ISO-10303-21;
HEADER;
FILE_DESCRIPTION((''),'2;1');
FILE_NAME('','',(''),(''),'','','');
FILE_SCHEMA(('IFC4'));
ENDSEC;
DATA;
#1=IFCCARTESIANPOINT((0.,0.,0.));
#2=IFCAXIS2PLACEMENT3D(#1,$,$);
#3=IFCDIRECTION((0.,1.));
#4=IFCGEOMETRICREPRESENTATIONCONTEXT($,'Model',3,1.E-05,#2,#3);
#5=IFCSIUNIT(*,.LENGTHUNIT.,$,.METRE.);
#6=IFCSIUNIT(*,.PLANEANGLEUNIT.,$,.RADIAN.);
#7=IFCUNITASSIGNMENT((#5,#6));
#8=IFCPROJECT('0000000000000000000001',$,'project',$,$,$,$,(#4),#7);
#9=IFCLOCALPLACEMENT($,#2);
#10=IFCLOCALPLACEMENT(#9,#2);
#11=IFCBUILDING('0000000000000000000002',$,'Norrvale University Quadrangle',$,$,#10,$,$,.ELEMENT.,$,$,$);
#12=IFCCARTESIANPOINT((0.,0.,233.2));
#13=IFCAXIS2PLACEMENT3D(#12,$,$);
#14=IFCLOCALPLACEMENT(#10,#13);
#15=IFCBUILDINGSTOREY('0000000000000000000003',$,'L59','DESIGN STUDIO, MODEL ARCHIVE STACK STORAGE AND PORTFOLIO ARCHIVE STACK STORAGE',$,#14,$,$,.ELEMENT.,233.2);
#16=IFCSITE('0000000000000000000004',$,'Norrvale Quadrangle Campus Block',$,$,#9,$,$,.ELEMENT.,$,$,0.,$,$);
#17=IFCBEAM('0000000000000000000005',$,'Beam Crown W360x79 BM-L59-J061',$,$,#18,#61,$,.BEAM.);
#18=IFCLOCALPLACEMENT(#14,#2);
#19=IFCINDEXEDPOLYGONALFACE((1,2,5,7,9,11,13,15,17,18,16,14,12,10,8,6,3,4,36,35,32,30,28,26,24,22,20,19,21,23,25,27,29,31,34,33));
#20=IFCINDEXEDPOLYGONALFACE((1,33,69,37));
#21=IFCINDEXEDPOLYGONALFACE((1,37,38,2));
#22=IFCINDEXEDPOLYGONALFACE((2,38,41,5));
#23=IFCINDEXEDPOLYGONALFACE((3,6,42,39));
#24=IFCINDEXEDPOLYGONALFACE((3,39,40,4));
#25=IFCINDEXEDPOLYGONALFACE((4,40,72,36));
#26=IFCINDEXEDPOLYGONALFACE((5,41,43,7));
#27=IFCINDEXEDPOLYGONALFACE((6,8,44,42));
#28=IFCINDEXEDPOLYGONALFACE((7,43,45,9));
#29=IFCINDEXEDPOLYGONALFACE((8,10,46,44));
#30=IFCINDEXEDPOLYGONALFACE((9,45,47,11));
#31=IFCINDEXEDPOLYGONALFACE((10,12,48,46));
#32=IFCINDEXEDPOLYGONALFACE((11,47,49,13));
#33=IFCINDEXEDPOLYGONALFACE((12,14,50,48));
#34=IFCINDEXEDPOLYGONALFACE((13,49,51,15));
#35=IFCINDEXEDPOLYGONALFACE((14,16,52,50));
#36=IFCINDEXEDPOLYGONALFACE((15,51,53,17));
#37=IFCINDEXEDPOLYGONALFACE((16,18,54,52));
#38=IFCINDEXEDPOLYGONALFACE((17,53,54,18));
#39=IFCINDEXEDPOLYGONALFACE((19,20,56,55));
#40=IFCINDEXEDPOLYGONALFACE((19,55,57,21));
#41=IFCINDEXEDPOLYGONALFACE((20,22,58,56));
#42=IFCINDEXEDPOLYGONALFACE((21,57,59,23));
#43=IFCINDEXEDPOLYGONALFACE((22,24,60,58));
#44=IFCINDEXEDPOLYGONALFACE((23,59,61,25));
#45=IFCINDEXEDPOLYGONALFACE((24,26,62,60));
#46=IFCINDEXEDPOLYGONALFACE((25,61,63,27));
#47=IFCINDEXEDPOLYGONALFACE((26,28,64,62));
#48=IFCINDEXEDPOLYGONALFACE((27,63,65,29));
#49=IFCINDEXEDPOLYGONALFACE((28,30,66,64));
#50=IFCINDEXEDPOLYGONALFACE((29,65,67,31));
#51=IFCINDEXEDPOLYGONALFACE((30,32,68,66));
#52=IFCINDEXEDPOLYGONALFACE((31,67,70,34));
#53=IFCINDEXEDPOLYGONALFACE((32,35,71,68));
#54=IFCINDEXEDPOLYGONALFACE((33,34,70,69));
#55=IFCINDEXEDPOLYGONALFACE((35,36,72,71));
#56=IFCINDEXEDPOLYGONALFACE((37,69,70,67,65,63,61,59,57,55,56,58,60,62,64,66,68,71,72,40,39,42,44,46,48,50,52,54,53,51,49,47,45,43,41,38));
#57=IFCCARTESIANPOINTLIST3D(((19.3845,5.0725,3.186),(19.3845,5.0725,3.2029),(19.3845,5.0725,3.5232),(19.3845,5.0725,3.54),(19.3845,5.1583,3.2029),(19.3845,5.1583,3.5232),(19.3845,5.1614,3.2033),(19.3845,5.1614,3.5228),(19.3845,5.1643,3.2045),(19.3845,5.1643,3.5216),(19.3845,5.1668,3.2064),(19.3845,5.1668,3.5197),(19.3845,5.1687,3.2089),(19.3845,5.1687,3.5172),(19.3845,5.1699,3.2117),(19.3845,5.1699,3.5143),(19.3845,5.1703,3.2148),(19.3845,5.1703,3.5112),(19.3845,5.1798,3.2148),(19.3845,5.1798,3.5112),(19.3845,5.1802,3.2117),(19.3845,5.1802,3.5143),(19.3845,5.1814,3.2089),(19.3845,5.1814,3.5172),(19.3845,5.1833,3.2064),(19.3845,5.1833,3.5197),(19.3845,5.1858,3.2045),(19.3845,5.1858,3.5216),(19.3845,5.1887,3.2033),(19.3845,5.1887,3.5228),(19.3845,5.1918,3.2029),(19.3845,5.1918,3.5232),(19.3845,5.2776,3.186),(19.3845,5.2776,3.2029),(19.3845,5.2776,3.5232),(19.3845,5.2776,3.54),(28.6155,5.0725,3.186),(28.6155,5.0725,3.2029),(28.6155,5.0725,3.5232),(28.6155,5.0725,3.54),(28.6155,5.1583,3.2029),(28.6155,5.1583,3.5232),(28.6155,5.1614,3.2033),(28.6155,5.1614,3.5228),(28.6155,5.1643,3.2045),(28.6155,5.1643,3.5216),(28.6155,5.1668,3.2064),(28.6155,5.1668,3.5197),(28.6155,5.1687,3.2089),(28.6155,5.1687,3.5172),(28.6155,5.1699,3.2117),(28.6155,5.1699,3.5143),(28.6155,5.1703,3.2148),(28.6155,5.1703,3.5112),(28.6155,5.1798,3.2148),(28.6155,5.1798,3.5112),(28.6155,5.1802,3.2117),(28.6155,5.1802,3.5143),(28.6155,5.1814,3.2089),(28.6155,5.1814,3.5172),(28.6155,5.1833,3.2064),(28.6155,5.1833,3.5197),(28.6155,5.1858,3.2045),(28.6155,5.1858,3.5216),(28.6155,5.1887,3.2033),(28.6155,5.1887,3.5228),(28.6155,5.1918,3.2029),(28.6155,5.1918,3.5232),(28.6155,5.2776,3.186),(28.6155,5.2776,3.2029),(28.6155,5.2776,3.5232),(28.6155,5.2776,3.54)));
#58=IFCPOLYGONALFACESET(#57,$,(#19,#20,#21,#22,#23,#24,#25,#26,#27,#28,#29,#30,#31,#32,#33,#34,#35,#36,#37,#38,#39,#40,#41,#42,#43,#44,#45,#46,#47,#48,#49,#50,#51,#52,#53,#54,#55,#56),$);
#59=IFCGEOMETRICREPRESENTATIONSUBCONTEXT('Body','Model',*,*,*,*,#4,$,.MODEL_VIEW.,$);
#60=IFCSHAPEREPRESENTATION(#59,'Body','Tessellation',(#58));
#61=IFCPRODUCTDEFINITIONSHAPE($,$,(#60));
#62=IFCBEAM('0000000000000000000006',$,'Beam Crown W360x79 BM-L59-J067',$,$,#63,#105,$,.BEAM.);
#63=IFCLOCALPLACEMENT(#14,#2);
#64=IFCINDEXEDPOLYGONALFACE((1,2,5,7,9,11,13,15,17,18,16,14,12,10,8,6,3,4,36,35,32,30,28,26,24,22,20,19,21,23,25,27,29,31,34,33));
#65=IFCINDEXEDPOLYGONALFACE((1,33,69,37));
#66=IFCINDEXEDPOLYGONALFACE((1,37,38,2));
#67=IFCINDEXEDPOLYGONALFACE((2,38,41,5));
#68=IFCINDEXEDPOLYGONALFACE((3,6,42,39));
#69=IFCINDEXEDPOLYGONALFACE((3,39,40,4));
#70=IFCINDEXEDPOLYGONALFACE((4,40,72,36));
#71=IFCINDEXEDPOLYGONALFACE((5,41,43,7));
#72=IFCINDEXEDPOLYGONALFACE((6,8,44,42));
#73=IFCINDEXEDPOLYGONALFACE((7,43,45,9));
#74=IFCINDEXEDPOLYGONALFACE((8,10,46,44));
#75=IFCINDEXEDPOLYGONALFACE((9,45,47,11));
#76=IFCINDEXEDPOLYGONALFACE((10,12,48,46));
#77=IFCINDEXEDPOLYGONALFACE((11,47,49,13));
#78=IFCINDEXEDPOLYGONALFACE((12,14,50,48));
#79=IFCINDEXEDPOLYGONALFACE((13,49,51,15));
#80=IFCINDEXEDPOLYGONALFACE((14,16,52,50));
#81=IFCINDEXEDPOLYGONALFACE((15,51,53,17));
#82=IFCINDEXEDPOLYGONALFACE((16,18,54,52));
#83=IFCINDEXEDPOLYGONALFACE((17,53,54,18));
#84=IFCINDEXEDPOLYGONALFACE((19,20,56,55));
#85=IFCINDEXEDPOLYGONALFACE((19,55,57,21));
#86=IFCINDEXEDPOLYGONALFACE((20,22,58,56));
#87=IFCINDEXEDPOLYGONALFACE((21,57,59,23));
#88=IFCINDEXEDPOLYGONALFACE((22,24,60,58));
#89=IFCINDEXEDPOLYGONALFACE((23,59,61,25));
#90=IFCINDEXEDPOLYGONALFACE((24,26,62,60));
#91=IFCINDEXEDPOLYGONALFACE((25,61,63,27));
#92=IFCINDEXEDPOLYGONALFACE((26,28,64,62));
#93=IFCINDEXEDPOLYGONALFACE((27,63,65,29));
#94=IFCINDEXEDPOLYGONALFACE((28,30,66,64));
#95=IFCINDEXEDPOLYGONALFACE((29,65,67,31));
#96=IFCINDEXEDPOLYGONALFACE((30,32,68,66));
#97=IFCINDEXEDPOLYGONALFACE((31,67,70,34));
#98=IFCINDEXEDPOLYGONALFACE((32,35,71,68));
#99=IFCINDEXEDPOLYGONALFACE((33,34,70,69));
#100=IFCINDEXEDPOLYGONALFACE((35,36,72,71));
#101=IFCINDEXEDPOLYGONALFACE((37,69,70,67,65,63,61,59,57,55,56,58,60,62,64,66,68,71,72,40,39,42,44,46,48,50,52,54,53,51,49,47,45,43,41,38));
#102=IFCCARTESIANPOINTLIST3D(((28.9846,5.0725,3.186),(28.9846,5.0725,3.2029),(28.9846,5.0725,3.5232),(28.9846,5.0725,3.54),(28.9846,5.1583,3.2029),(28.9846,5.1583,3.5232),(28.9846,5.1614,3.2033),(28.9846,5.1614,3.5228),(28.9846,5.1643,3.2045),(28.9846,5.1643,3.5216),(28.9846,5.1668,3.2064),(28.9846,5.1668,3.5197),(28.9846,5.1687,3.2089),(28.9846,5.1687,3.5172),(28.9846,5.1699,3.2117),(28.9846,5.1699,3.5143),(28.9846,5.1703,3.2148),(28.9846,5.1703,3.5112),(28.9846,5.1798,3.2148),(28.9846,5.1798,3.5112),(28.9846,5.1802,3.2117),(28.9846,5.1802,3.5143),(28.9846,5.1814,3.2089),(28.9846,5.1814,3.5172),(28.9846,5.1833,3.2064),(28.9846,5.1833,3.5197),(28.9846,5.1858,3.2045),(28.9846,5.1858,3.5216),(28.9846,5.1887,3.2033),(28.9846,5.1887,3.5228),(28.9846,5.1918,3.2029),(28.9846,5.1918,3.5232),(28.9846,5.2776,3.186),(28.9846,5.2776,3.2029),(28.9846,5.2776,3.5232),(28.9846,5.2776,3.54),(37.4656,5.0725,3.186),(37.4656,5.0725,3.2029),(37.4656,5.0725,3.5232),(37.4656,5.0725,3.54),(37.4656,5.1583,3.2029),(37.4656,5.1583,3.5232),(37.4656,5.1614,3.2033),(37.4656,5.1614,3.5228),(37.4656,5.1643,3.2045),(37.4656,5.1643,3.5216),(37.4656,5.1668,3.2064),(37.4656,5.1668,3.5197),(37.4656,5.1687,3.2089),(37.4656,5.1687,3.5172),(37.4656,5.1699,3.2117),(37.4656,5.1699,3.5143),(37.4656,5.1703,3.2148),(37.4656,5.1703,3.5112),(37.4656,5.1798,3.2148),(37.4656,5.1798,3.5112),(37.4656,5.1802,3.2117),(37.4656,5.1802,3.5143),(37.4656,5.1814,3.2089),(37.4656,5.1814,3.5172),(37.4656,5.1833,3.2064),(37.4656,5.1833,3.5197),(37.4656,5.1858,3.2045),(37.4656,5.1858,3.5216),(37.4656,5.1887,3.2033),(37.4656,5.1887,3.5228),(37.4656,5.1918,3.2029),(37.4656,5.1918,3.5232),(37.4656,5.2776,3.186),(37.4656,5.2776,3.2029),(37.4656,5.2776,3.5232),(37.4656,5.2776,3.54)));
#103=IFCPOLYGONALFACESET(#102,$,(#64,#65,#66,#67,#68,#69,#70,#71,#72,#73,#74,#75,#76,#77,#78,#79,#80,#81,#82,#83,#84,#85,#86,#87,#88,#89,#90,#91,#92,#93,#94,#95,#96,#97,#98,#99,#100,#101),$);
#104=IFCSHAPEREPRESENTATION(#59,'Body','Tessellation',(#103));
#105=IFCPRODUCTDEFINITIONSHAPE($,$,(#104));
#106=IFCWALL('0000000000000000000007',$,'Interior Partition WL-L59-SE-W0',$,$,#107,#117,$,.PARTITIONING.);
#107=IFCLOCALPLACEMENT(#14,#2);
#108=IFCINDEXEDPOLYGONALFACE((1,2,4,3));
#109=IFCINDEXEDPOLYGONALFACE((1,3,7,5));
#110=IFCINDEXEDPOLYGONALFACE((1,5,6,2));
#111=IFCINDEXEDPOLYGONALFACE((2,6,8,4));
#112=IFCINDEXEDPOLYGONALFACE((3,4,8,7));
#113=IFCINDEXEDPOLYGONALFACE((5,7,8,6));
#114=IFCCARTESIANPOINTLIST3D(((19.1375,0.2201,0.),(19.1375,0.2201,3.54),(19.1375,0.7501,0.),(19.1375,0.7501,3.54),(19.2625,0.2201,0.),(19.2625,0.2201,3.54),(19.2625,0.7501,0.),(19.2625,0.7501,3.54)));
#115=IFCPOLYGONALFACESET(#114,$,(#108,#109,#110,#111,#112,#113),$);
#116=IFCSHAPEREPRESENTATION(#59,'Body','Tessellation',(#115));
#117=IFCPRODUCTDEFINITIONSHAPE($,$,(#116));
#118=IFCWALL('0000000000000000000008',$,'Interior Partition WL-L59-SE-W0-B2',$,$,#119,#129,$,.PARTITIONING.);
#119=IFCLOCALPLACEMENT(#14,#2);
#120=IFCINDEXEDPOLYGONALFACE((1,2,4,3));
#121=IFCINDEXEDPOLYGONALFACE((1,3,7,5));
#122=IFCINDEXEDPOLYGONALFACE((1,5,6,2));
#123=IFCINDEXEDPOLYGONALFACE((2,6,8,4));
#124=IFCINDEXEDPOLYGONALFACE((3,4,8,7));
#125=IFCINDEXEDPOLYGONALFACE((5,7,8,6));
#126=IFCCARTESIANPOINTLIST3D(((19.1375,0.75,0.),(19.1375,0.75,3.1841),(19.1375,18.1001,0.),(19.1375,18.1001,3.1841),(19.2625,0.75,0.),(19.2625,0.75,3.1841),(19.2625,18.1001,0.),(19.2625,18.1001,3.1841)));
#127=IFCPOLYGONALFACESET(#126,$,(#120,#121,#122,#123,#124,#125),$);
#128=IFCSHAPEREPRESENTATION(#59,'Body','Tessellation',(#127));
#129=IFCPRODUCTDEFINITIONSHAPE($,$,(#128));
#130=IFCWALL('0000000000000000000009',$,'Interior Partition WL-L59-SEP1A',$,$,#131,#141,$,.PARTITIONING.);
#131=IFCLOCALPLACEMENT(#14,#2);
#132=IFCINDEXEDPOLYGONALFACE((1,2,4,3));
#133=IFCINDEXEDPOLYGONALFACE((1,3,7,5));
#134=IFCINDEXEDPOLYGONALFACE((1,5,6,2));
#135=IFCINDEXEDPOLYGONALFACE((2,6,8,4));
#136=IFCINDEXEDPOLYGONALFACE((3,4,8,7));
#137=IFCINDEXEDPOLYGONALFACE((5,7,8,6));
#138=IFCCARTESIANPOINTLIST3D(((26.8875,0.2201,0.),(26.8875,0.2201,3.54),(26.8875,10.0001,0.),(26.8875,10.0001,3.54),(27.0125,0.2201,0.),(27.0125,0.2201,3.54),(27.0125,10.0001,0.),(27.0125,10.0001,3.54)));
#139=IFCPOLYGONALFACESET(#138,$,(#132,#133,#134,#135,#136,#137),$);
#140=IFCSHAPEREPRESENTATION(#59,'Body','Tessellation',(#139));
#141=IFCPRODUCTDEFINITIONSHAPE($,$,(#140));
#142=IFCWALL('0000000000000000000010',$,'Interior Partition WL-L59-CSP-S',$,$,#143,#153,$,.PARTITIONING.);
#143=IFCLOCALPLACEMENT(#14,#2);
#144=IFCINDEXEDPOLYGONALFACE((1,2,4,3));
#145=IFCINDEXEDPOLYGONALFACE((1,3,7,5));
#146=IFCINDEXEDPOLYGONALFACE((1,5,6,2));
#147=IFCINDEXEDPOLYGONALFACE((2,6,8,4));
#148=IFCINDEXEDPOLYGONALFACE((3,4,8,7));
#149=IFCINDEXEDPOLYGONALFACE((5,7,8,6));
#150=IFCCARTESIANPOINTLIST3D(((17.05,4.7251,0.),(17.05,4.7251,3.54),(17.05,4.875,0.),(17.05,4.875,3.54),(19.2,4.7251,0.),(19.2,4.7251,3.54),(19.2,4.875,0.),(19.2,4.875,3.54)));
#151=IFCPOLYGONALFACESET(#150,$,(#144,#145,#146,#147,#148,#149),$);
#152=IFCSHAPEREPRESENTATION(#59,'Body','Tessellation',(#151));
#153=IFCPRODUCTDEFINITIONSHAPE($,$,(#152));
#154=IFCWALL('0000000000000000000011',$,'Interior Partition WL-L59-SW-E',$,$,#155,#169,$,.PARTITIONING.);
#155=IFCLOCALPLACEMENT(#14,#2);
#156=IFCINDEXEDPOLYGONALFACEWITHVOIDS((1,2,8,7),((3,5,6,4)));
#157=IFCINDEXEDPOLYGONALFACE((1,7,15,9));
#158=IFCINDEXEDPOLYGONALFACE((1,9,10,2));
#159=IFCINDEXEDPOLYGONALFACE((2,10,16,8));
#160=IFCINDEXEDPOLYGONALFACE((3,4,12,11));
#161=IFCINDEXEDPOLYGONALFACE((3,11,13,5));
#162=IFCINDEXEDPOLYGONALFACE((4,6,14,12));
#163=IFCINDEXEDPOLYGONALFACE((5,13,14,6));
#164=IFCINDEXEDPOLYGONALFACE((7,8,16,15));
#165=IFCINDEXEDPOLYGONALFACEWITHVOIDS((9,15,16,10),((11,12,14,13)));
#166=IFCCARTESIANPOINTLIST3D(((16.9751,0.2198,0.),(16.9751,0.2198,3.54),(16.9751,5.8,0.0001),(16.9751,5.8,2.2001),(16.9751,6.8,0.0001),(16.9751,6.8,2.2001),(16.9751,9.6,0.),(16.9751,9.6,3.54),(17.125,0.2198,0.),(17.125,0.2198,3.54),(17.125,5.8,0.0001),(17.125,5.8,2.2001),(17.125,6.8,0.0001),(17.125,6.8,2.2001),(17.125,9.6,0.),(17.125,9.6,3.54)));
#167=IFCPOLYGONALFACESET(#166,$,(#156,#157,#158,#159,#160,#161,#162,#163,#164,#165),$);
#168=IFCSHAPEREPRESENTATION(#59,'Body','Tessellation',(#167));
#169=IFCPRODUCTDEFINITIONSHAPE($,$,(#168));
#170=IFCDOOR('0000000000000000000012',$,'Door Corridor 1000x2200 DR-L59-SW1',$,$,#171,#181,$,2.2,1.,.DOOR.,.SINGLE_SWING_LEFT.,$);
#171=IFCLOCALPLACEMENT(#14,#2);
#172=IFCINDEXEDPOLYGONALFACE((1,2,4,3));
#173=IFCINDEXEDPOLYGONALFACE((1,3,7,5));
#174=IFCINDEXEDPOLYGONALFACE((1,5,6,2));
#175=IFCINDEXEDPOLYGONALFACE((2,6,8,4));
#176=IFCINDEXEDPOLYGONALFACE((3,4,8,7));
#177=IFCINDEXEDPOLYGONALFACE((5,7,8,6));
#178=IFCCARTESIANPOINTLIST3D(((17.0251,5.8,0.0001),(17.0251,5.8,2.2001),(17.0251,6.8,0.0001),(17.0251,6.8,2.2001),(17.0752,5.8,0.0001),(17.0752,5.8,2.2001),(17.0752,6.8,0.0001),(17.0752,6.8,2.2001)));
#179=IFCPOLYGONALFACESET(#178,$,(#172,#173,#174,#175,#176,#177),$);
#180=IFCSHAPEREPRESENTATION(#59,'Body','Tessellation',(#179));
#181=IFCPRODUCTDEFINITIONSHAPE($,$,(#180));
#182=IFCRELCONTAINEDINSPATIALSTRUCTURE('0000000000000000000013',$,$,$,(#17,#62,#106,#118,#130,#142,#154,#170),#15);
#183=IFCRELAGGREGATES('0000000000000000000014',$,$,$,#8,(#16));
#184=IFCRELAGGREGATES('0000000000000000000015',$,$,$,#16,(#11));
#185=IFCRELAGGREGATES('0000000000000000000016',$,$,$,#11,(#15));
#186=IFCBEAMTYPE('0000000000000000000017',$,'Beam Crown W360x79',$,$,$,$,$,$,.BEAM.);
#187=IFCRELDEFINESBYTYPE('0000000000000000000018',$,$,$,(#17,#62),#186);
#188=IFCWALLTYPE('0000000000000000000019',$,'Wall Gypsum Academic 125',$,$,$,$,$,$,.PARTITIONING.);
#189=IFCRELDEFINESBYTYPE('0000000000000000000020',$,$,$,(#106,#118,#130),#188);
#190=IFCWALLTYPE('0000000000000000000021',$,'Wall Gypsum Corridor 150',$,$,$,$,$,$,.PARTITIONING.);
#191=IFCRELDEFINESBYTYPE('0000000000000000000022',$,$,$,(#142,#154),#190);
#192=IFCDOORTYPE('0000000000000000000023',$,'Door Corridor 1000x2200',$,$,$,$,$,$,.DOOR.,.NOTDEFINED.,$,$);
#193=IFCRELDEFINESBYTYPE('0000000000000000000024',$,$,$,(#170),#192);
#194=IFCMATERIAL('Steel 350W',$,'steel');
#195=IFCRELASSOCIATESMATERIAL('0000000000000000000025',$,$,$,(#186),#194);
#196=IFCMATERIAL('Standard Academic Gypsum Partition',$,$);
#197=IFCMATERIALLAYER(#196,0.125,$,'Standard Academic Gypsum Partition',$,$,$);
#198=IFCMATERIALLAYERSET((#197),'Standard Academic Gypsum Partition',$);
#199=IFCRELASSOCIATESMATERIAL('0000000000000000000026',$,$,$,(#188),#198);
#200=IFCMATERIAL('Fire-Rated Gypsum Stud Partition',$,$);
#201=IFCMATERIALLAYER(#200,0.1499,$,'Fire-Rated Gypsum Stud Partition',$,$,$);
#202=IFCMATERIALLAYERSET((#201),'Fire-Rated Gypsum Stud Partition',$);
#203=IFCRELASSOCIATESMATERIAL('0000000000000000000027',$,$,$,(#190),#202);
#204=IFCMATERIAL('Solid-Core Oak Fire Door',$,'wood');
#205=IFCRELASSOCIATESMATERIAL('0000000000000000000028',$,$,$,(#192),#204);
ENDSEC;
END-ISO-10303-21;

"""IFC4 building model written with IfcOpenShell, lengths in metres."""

from ifc_helpers import new_model, si_unit, direction, frame, frame_2d, origin, origin_2d, place, context, subcontext, project, spatial, rectangle, i_section, extrude, material, layer, layer_set, material_profile, profile_set, type_object, element, fill, save


model = new_model("IFC4")

# Units and contexts
model_context = context("Model", 3, precision=1e-05, world=origin(), true_north=direction((0.0, 1.0)))
body_context = subcontext(model_context, "Body", "Model", "MODEL_VIEW")
ifc_project = project(units=[si_unit("LENGTHUNIT", "METRE"), si_unit("PLANEANGLEUNIT", "RADIAN")], contexts=[model_context])

# Site, building, storey
site_placement = place(None, origin())
site = spatial("IfcSite", under=ifc_project, at=site_placement, Name="Norrvale Quadrangle Campus Block", CompositionType="ELEMENT", RefElevation=0.0)
building_placement = place(site_placement, origin())
building = spatial("IfcBuilding", under=site, at=building_placement, Name="Norrvale University Quadrangle", CompositionType="ELEMENT")
storey_placement = place(building_placement, frame((0.0, 0.0, 233.2)))
storey = spatial("IfcBuildingStorey", under=building, at=storey_placement, Name="L59", Description="DESIGN STUDIO, MODEL ARCHIVE STACK STORAGE AND PORTFOLIO ARCHIVE STACK STORAGE", CompositionType="ELEMENT", Elevation=233.2)

# Beams
ifc_material_1 = material(Name="Steel 350W", Category="steel")
ifc_material_profile_1 = material_profile(ifc_material_1, i_section(OverallWidth=0.2051, OverallDepth=0.354, WebThickness=0.0095, FlangeThickness=0.0168, FilletRadius=0.012, at=origin_2d()), Name="Steel 350W")
ifc_profile_set_1 = profile_set([ifc_material_profile_1], Name="Steel 350W")
beam_type_1 = type_object("IfcBeamType", Name="Beam Crown W360x79", PredefinedType="BEAM", material=ifc_profile_set_1)
beam_1_placement = place(storey_placement, frame((19.3845, 5.175, 3.363), z_axis=(1.0, 0.0, 0.0), x_axis=(0.0, 1.0, 0.0)))
element("IfcBeam", 1, at=beam_1_placement, inside=storey, type_object=beam_type_1, Name="Beam Crown W360x79 BM-L59-J061", PredefinedType="BEAM", context=body_context, shape_type="SweptSolid", body=[
    extrude(i_section(OverallWidth=0.2051, OverallDepth=0.354, WebThickness=0.0095, FlangeThickness=0.0168, FilletRadius=0.012, at=origin_2d()), origin(), (0.0, 0.0, 1.0), 9.231),
])
beam_2_placement = place(storey_placement, frame((28.9846, 5.175, 3.363), z_axis=(1.0, 0.0, 0.0), x_axis=(0.0, 1.0, 0.0)))
element("IfcBeam", 2, at=beam_2_placement, inside=storey, type_object=beam_type_1, Name="Beam Crown W360x79 BM-L59-J067", PredefinedType="BEAM", context=body_context, shape_type="SweptSolid", body=[
    extrude(i_section(OverallWidth=0.2051, OverallDepth=0.354, WebThickness=0.0095, FlangeThickness=0.0168, FilletRadius=0.012, at=origin_2d()), origin(), (0.0, 0.0, 1.0), 8.481),
])

# Walls
ifc_material_2 = material(Name="Standard Academic Gypsum Partition")
ifc_layer_1 = layer(ifc_material_2, 0.125, Name="Standard Academic Gypsum Partition")
ifc_layer_set_1 = layer_set([ifc_layer_1], Name="Standard Academic Gypsum Partition")
wall_type_1 = type_object("IfcWallType", Name="Wall Gypsum Academic 125", PredefinedType="PARTITIONING", material=ifc_layer_set_1)
wall_1_placement = place(storey_placement, frame((19.2, 0.22, 0.0), z_axis=(0.0, 0.0, 1.0), x_axis=(0.0, 1.0, 0.0)))
element("IfcWall", 3, at=wall_1_placement, inside=storey, type_object=wall_type_1, Name="Interior Partition WL-L59-SE-W0", PredefinedType="PARTITIONING", context=body_context, shape_type="SweptSolid", body=[
    extrude(rectangle(XDim=0.53, YDim=0.125, at=frame_2d((0.2651, 0.0))), origin(), (0.0, 0.0, 1.0), 3.54),
])
wall_2_placement = place(storey_placement, frame((19.2, 0.75, 0.0), z_axis=(0.0, 0.0, 1.0), x_axis=(0.0, 1.0, 0.0)))
element("IfcWall", 4, at=wall_2_placement, inside=storey, type_object=wall_type_1, Name="Interior Partition WL-L59-SE-W0-B2", PredefinedType="PARTITIONING", context=body_context, shape_type="SweptSolid", body=[
    extrude(rectangle(XDim=17.3501, YDim=0.125, at=frame_2d((8.675, 0.0))), origin(), (0.0, 0.0, 1.0), 3.1841),
])
wall_3_placement = place(storey_placement, frame((26.95, 0.22, 0.0), z_axis=(0.0, 0.0, 1.0), x_axis=(0.0, 1.0, 0.0)))
element("IfcWall", 5, at=wall_3_placement, inside=storey, type_object=wall_type_1, Name="Interior Partition WL-L59-SEP1A", PredefinedType="PARTITIONING", context=body_context, shape_type="SweptSolid", body=[
    extrude(rectangle(XDim=9.78, YDim=0.125, at=frame_2d((4.8901, 0.0))), origin(), (0.0, 0.0, 1.0), 3.54),
])
ifc_material_3 = material(Name="Fire-Rated Gypsum Stud Partition")
ifc_layer_2 = layer(ifc_material_3, 0.1499, Name="Fire-Rated Gypsum Stud Partition")
ifc_layer_set_2 = layer_set([ifc_layer_2], Name="Fire-Rated Gypsum Stud Partition")
wall_type_2 = type_object("IfcWallType", Name="Wall Gypsum Corridor 150", PredefinedType="PARTITIONING", material=ifc_layer_set_2)
wall_4_placement = place(storey_placement, frame((17.05, 4.8, 0.0), z_axis=(0.0, 0.0, 1.0), x_axis=(1.0, 0.0, 0.0)))
element("IfcWall", 6, at=wall_4_placement, inside=storey, type_object=wall_type_2, Name="Interior Partition WL-L59-CSP-S", PredefinedType="PARTITIONING", context=body_context, shape_type="SweptSolid", body=[
    extrude(rectangle(XDim=2.1499, YDim=0.1499, at=frame_2d((1.075, 0.0))), origin(), (0.0, 0.0, 1.0), 3.54),
])

# Wall, opening, door
wall_5_placement = place(storey_placement, frame((17.05, 0.22, 0.0), z_axis=(0.0, 0.0, 1.0), x_axis=(0.0, 1.0, 0.0)))
wall_5 = element("IfcWall", 7, at=wall_5_placement, inside=storey, type_object=wall_type_2, Name="Interior Partition WL-L59-SW-E", PredefinedType="PARTITIONING", context=body_context, shape_type="SweptSolid", body=[
    extrude(rectangle(XDim=9.3801, YDim=0.1499, at=frame_2d((4.6899, 0.0))), origin(), (0.0, 0.0, 1.0), 3.54),
])
opening_placement = place(wall_5_placement, frame((5.5801, 0.0, 0.0)))
opening = element("IfcOpeningElement", 8, at=opening_placement, cuts=wall_5, PredefinedType="OPENING", context=body_context, shape_type="SweptSolid", body=[
    extrude(rectangle(XDim=1.0, YDim=2.2, at=frame_2d((0.5, 1.1001))), frame((0.0, 0.0869, 0.0), z_axis=(0.0, -1.0, 0.0), x_axis=(1.0, 0.0, 0.0)), (0.0, 0.0, 1.0), 0.1738),
])
ifc_material_4 = material(Name="Solid-Core Oak Fire Door", Category="wood")
door_type = type_object("IfcDoorType", Name="Door Corridor 1000x2200", OperationType="NOTDEFINED", PredefinedType="DOOR", material=ifc_material_4)
door_placement = place(opening_placement, origin())
door = element("IfcDoor", 9, at=door_placement, inside=storey, type_object=door_type, Name="Door Corridor 1000x2200 DR-L59-SW1", OperationType="SINGLE_SWING_LEFT", OverallHeight=2.2, OverallWidth=1.0, PredefinedType="DOOR", context=body_context, shape_type="SweptSolid", body=[
    extrude(rectangle(XDim=1.0, YDim=2.2, at=frame_2d((0.5, 1.1001))), frame((0.0, 0.0249, 0.0), z_axis=(0.0, -1.0, 0.0), x_axis=(1.0, 0.0, 0.0)), (0.0, 0.0, 1.0), 0.05),
])
fill(opening, door)

save(model, "model.ifc")
